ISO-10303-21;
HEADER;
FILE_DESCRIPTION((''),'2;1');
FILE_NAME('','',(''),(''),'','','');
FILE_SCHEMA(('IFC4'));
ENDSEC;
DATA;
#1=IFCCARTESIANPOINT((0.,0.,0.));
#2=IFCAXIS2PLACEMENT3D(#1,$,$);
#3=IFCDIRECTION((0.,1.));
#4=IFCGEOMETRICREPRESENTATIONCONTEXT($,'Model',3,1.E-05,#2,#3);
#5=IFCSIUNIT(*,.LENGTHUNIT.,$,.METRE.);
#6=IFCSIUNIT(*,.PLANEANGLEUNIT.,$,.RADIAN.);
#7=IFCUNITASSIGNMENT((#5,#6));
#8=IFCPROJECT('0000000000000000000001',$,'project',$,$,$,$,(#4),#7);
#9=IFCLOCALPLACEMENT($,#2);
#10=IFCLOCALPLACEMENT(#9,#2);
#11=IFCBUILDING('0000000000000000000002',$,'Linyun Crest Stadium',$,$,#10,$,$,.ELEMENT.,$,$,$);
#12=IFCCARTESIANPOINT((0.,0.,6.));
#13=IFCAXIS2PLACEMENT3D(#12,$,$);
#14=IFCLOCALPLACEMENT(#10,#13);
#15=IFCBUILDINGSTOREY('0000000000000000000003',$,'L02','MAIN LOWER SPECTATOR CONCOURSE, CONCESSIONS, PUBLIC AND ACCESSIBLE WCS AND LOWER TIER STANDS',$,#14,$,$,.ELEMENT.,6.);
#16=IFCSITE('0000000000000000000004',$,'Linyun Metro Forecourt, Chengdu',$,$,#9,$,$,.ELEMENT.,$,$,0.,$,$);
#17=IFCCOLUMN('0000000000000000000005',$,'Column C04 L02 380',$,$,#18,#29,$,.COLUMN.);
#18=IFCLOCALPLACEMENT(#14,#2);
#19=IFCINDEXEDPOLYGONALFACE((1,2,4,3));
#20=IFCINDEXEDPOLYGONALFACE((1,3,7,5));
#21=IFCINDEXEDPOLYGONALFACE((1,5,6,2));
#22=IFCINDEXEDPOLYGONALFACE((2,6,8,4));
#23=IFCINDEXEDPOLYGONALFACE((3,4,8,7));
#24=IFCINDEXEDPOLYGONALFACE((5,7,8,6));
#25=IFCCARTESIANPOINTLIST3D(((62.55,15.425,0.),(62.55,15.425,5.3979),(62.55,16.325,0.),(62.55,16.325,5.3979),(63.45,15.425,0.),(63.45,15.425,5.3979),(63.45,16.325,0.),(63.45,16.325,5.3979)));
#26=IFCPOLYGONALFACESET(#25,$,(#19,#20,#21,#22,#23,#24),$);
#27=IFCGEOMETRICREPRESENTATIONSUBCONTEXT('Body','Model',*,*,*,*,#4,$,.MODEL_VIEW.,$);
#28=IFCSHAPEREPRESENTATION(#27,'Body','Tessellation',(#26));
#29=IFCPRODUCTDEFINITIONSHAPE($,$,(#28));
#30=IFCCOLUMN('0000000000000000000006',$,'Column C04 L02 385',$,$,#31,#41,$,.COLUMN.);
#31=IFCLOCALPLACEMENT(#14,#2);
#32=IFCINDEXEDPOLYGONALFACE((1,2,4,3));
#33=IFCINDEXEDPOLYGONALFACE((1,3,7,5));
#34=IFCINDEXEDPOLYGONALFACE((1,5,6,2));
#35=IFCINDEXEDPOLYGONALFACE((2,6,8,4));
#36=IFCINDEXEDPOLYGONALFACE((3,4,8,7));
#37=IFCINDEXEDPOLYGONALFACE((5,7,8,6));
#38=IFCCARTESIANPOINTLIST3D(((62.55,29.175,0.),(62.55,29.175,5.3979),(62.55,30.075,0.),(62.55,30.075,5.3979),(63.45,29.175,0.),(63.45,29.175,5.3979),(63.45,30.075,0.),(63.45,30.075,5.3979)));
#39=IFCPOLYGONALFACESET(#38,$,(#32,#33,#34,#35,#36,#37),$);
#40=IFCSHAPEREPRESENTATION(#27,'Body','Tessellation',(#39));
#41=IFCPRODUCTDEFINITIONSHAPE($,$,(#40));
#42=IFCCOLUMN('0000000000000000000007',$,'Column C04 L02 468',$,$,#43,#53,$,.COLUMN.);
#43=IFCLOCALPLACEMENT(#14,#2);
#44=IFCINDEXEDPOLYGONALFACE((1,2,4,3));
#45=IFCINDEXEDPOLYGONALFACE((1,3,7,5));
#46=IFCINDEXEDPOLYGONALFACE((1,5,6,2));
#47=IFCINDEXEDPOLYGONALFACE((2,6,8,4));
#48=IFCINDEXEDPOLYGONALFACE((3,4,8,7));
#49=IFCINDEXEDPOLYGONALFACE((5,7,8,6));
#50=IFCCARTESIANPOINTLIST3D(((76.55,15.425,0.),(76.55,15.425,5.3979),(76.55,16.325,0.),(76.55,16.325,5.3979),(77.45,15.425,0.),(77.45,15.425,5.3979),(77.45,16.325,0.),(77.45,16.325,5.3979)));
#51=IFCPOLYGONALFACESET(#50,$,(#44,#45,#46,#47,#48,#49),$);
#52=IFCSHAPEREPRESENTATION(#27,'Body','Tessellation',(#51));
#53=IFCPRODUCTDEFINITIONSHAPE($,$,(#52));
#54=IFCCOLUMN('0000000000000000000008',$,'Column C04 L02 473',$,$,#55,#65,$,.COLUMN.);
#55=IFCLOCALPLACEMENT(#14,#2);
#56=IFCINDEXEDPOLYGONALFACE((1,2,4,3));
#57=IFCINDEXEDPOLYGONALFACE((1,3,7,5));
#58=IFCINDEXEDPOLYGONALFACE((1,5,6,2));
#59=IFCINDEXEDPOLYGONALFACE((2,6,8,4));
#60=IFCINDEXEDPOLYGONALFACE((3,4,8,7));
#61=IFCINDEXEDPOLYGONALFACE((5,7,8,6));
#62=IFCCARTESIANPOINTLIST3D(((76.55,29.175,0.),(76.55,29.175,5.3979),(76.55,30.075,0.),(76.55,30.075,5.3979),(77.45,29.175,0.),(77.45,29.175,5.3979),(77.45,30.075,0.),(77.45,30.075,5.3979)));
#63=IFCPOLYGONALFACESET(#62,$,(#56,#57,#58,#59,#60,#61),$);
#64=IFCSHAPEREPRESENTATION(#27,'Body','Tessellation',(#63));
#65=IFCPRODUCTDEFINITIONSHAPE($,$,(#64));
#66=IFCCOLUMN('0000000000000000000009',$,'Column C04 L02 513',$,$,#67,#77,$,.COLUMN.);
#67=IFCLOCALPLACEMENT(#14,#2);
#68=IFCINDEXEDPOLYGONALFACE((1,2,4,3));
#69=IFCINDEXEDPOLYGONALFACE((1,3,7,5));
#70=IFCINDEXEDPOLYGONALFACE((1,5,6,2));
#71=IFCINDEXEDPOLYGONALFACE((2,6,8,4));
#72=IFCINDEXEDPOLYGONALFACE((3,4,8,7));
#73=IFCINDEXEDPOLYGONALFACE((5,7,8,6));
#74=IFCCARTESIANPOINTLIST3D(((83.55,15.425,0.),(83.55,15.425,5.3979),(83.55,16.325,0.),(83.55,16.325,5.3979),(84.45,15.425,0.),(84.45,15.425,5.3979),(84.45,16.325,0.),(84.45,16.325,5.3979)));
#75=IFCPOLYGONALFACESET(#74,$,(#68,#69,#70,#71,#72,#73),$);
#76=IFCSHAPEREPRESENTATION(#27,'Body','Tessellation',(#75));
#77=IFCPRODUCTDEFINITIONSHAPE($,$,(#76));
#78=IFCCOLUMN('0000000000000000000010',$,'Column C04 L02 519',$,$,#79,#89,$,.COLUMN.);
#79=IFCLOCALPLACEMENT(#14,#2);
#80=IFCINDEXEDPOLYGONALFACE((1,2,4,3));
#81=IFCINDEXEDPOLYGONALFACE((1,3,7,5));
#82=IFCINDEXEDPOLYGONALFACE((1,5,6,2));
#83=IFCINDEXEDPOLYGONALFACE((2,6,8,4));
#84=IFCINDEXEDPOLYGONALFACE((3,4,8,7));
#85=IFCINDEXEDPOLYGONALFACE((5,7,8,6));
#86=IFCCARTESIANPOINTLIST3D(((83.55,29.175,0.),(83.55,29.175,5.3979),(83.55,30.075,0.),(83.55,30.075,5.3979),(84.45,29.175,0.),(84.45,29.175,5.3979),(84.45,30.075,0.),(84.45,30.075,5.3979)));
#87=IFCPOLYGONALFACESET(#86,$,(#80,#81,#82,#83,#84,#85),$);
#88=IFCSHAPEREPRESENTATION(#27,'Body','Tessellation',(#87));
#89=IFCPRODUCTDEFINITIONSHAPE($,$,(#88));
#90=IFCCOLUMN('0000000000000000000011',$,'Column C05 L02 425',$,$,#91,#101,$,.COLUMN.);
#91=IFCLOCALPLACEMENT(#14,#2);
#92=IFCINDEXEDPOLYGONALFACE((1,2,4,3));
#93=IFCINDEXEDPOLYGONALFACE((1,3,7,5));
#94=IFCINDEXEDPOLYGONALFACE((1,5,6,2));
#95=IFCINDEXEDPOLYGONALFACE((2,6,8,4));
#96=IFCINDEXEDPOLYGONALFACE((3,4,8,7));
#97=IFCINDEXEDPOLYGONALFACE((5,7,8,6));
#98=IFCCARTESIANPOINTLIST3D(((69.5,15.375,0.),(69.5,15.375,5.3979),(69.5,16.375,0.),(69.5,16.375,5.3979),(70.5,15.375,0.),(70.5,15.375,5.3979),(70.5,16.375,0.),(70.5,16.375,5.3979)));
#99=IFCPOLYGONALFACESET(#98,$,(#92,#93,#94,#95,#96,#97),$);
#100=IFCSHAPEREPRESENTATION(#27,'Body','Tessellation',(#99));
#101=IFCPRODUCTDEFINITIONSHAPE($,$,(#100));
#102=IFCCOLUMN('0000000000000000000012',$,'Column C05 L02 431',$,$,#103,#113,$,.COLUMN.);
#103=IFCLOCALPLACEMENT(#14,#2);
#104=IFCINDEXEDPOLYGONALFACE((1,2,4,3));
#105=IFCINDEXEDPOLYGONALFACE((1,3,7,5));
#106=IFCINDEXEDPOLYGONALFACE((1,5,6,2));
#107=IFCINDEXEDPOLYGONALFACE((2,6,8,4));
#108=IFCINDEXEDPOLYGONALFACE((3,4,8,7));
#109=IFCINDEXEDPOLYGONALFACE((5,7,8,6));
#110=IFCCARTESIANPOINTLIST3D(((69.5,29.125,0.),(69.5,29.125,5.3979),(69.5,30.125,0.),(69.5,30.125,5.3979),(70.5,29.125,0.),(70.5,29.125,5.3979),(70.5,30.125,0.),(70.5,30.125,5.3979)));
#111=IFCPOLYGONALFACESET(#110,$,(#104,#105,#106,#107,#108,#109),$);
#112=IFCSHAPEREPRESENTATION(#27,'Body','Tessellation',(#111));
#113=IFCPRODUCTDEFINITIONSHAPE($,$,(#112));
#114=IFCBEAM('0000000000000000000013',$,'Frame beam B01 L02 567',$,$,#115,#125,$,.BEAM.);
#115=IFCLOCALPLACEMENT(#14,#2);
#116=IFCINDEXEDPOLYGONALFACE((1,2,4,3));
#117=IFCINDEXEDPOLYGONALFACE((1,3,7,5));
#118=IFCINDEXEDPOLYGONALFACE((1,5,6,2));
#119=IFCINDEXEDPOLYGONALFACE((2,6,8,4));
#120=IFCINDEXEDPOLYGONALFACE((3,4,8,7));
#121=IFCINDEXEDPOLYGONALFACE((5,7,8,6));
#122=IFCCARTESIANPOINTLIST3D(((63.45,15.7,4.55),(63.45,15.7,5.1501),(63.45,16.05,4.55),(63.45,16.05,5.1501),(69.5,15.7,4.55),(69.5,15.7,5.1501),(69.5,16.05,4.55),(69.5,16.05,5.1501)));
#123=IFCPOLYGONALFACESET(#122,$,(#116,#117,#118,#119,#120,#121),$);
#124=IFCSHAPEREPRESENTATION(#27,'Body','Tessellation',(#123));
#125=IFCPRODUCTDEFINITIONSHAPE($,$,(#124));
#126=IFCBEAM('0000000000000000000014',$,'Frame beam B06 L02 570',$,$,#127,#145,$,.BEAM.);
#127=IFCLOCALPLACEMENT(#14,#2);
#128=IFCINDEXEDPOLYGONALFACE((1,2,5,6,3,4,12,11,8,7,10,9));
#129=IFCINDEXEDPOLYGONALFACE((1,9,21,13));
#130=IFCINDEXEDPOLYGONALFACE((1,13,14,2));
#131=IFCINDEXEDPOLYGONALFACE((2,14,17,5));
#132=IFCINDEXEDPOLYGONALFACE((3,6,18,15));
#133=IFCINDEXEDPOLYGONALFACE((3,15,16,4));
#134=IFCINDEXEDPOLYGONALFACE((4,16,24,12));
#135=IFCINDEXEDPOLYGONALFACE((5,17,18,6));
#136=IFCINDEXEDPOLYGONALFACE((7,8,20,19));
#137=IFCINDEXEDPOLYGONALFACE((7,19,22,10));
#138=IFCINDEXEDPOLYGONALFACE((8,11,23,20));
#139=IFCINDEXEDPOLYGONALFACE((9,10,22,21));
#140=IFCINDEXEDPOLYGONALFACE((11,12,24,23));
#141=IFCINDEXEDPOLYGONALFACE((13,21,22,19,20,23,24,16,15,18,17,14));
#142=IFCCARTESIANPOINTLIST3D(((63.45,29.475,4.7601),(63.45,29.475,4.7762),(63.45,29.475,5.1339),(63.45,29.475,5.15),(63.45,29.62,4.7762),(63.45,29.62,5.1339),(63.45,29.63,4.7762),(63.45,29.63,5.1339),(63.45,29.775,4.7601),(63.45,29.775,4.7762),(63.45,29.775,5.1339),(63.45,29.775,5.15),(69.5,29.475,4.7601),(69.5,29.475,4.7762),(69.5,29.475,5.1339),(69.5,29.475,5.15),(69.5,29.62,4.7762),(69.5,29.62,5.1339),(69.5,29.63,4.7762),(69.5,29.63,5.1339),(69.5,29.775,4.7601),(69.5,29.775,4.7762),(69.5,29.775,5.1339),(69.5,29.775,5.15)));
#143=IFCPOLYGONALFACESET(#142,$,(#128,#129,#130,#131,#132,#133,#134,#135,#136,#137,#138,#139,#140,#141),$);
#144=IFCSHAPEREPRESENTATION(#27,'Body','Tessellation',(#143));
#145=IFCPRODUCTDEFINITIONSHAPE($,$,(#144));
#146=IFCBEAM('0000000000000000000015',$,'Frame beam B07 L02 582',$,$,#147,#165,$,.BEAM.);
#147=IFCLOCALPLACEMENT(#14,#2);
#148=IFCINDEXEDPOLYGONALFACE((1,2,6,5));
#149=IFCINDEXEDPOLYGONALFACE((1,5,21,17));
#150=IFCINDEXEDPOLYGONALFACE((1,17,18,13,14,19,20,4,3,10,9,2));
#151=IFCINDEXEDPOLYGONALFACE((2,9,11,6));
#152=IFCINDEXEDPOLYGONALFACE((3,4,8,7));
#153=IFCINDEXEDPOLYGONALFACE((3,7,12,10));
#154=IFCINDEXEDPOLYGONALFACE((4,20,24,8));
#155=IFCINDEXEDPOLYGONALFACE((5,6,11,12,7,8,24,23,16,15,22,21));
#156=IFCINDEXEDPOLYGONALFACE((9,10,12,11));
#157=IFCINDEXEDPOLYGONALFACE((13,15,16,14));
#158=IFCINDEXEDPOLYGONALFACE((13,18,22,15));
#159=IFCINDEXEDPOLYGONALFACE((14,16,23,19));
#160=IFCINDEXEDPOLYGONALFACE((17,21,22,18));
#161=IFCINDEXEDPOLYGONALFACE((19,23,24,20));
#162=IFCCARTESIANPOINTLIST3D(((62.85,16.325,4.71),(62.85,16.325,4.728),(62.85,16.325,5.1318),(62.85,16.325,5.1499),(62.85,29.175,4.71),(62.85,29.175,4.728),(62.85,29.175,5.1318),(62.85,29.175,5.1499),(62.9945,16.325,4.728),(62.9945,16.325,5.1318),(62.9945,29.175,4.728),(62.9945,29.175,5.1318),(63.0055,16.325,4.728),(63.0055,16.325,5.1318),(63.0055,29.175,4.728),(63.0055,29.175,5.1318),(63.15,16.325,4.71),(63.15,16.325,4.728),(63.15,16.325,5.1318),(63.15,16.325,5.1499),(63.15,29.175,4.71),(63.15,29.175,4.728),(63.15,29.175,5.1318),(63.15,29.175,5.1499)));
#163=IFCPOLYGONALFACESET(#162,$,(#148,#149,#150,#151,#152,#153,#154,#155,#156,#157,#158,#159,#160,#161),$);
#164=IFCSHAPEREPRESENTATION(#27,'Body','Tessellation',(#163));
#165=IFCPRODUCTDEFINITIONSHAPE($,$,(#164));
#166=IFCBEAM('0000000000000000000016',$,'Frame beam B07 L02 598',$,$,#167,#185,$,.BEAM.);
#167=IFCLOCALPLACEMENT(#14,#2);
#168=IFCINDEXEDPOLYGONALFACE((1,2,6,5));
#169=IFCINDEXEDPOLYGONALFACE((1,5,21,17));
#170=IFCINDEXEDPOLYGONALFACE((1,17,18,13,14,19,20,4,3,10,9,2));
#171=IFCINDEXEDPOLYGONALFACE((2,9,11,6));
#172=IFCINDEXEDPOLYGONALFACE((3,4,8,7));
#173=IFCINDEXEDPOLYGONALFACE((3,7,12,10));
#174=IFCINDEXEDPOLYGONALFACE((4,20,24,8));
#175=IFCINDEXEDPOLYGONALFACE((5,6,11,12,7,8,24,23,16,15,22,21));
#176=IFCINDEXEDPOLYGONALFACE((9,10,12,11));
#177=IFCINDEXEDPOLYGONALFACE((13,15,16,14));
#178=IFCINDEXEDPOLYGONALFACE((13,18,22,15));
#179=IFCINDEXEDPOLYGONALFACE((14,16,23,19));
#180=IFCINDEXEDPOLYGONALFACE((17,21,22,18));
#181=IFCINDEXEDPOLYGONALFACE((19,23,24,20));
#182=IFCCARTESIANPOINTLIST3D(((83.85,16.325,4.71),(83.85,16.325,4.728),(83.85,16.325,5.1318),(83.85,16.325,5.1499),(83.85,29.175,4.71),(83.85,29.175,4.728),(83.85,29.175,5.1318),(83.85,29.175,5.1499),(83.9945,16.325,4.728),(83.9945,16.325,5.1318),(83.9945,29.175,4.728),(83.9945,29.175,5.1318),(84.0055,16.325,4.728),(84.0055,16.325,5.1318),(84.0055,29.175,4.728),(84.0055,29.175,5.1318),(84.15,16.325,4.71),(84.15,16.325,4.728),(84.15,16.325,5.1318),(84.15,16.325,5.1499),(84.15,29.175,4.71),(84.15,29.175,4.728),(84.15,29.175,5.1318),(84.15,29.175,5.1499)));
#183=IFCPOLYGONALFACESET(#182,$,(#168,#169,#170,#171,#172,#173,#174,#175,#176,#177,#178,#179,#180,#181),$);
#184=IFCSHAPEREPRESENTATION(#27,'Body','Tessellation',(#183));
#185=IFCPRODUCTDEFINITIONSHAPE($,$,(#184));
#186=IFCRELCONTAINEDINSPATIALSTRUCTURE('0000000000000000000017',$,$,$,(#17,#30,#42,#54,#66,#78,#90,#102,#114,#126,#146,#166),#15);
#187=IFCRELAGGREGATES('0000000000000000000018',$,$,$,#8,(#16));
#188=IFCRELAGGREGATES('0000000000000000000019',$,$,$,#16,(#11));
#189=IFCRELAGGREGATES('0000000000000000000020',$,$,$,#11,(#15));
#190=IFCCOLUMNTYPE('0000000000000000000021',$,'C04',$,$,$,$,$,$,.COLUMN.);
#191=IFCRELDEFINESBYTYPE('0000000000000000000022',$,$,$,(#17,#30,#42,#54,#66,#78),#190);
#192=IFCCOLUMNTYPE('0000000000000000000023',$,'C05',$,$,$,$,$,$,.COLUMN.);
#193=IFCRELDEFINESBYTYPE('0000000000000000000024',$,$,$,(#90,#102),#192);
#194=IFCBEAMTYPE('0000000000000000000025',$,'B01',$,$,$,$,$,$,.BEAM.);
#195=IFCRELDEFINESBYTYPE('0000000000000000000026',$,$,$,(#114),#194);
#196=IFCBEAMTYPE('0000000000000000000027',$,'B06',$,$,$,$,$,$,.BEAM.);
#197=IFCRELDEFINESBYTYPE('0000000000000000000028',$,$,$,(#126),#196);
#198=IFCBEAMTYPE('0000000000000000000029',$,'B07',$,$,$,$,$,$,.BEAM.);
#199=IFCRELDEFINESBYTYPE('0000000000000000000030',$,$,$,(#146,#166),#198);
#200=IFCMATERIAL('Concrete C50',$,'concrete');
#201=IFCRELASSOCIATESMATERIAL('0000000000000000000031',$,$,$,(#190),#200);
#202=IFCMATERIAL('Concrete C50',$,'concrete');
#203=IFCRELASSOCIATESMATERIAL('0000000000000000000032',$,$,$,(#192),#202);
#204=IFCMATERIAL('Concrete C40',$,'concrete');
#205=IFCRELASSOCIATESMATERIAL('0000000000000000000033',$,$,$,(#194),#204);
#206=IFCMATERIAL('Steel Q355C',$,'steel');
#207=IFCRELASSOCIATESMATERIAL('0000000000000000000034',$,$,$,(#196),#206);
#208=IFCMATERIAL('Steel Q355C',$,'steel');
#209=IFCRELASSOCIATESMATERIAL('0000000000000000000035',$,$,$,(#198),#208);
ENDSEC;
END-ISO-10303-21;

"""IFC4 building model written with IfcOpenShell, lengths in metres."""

from ifc_helpers import new_model, si_unit, direction, frame, origin, origin_2d, place, context, subcontext, project, spatial, rectangle, i_section, extrude, material, material_profile, profile_set, type_object, element, save


model = new_model("IFC4")

# Units and contexts
model_context = context("Model", 3, precision=1e-05, world=origin(), true_north=direction((0.0, 1.0)))
body_context = subcontext(model_context, "Body", "Model", "MODEL_VIEW")
ifc_project = project(units=[si_unit("LENGTHUNIT", "METRE"), si_unit("PLANEANGLEUNIT", "RADIAN")], contexts=[model_context])

# Site, building, storey
site_placement = place(None, origin())
site = spatial("IfcSite", under=ifc_project, at=site_placement, Name="Linyun Metro Forecourt, Chengdu", CompositionType="ELEMENT", RefElevation=0.0)
building_placement = place(site_placement, origin())
building = spatial("IfcBuilding", under=site, at=building_placement, Name="Linyun Crest Stadium", CompositionType="ELEMENT")
storey_placement = place(building_placement, frame((0.0, 0.0, 6.0)))
storey = spatial("IfcBuildingStorey", under=building, at=storey_placement, Name="L02", Description="MAIN LOWER SPECTATOR CONCOURSE, CONCESSIONS, PUBLIC AND ACCESSIBLE WCS AND LOWER TIER STANDS", CompositionType="ELEMENT", Elevation=6.0)

# Columns
ifc_material_1 = material(Name="Concrete C50", Category="concrete")
ifc_material_profile_1 = material_profile(ifc_material_1, rectangle(XDim=0.8999, YDim=0.8999, at=origin_2d()), Name="RC 900x900")
ifc_profile_set_1 = profile_set([ifc_material_profile_1], Name="Concrete C50")
column_type_1 = type_object("IfcColumnType", Name="C04", PredefinedType="COLUMN", material=ifc_profile_set_1)
for number, where, z_axis, x_axis, name in (
    (1, (63.0, 15.875, 0.0), (0.0, 0.0, 1.0), (1.0, 0.0, 0.0), "Column C04 L02 380"),
    (2, (63.0, 29.625, 0.0), (0.0, 0.0, 1.0), (1.0, 0.0, 0.0), "Column C04 L02 385"),
    (3, (77.0, 15.875, 0.0), (0.0, 0.0, 1.0), (1.0, 0.0, 0.0), "Column C04 L02 468"),
    (4, (77.0, 29.625, 0.0), (0.0, 0.0, 1.0), (1.0, 0.0, 0.0), "Column C04 L02 473"),
    (5, (84.0, 15.875, 0.0), (0.0, 0.0, 1.0), (1.0, 0.0, 0.0), "Column C04 L02 513"),
    (6, (84.0, 29.625, 0.0), (0.0, 0.0, 1.0), (1.0, 0.0, 0.0), "Column C04 L02 519"),
):
    element("IfcColumn", number, at=place(storey_placement, frame(where, z_axis=z_axis, x_axis=x_axis)), inside=storey, type_object=column_type_1, Name=name, PredefinedType="COLUMN", context=body_context, shape_type="SweptSolid", body=[
        extrude(rectangle(XDim=0.8999, YDim=0.8999, at=origin_2d()), origin(), (0.0, 0.0, 1.0), 5.3979),
    ])
ifc_material_2 = material(Name="Concrete C50", Category="concrete")
ifc_material_profile_2 = material_profile(ifc_material_2, rectangle(XDim=1.0, YDim=1.0, at=origin_2d()), Name="RC 1000x1000")
ifc_profile_set_2 = profile_set([ifc_material_profile_2], Name="Concrete C50")
column_type_2 = type_object("IfcColumnType", Name="C05", PredefinedType="COLUMN", material=ifc_profile_set_2)
for number, where, z_axis, x_axis, name in (
    (7, (70.0, 15.875, 0.0), (0.0, 0.0, 1.0), (1.0, 0.0, 0.0), "Column C05 L02 425"),
    (8, (70.0, 29.625, 0.0), (0.0, 0.0, 1.0), (1.0, 0.0, 0.0), "Column C05 L02 431"),
):
    element("IfcColumn", number, at=place(storey_placement, frame(where, z_axis=z_axis, x_axis=x_axis)), inside=storey, type_object=column_type_2, Name=name, PredefinedType="COLUMN", context=body_context, shape_type="SweptSolid", body=[
        extrude(rectangle(XDim=1.0, YDim=1.0, at=origin_2d()), origin(), (0.0, 0.0, 1.0), 5.3979),
    ])

# Beams
ifc_material_3 = material(Name="Concrete C40", Category="concrete")
ifc_material_profile_3 = material_profile(ifc_material_3, rectangle(XDim=0.3501, YDim=0.6001, at=origin_2d()), Name="RCB 600x350")
ifc_profile_set_3 = profile_set([ifc_material_profile_3], Name="Concrete C40")
beam_type_1 = type_object("IfcBeamType", Name="B01", PredefinedType="BEAM", material=ifc_profile_set_3)
beam_1_placement = place(storey_placement, frame((63.45, 15.875, 4.8501), z_axis=(1.0, 0.0, 0.0), x_axis=(0.0, 1.0, 0.0)))
element("IfcBeam", 9, at=beam_1_placement, inside=storey, type_object=beam_type_1, Name="Frame beam B01 L02 567", PredefinedType="BEAM", context=body_context, shape_type="SweptSolid", body=[
    extrude(rectangle(XDim=0.3501, YDim=0.6001, at=origin_2d()), origin(), (0.0, 0.0, 1.0), 6.05),
])
ifc_material_4 = material(Name="Steel Q355C", Category="steel")
ifc_material_profile_4 = material_profile(ifc_material_4, i_section(OverallWidth=0.3, OverallDepth=0.3899, WebThickness=0.01, FlangeThickness=0.0161, at=origin_2d()), Name="HM 390x300")
ifc_profile_set_4 = profile_set([ifc_material_profile_4], Name="Steel Q355C")
beam_type_2 = type_object("IfcBeamType", Name="B06", PredefinedType="BEAM", material=ifc_profile_set_4)
beam_2_placement = place(storey_placement, frame((63.45, 29.625, 4.9551), z_axis=(1.0, 0.0, 0.0), x_axis=(0.0, 1.0, 0.0)))
element("IfcBeam", 10, at=beam_2_placement, inside=storey, type_object=beam_type_2, Name="Frame beam B06 L02 570", PredefinedType="BEAM", context=body_context, shape_type="SweptSolid", body=[
    extrude(i_section(OverallWidth=0.3, OverallDepth=0.3899, WebThickness=0.01, FlangeThickness=0.0161, at=origin_2d()), origin(), (0.0, 0.0, 1.0), 6.05),
])
ifc_material_5 = material(Name="Steel Q355C", Category="steel")
ifc_material_profile_5 = material_profile(ifc_material_5, i_section(OverallWidth=0.3, OverallDepth=0.4399, WebThickness=0.011, FlangeThickness=0.0181, at=origin_2d()), Name="HM 440x300")
ifc_profile_set_5 = profile_set([ifc_material_profile_5], Name="Steel Q355C")
beam_type_3 = type_object("IfcBeamType", Name="B07", PredefinedType="BEAM", material=ifc_profile_set_5)
for number, where, z_axis, x_axis, name in (
    (11, (63.0, 16.325, 4.9299), (0.0, 1.0, 0.0), (-1.0, 0.0, 0.0), "Frame beam B07 L02 582"),
    (12, (84.0, 16.325, 4.9299), (0.0, 1.0, 0.0), (-1.0, 0.0, 0.0), "Frame beam B07 L02 598"),
):
    element("IfcBeam", number, at=place(storey_placement, frame(where, z_axis=z_axis, x_axis=x_axis)), inside=storey, type_object=beam_type_3, Name=name, PredefinedType="BEAM", context=body_context, shape_type="SweptSolid", body=[
        extrude(i_section(OverallWidth=0.3, OverallDepth=0.4399, WebThickness=0.011, FlangeThickness=0.0181, at=origin_2d()), origin(), (0.0, 0.0, 1.0), 12.8501),
    ])

save(model, "model.ifc")
